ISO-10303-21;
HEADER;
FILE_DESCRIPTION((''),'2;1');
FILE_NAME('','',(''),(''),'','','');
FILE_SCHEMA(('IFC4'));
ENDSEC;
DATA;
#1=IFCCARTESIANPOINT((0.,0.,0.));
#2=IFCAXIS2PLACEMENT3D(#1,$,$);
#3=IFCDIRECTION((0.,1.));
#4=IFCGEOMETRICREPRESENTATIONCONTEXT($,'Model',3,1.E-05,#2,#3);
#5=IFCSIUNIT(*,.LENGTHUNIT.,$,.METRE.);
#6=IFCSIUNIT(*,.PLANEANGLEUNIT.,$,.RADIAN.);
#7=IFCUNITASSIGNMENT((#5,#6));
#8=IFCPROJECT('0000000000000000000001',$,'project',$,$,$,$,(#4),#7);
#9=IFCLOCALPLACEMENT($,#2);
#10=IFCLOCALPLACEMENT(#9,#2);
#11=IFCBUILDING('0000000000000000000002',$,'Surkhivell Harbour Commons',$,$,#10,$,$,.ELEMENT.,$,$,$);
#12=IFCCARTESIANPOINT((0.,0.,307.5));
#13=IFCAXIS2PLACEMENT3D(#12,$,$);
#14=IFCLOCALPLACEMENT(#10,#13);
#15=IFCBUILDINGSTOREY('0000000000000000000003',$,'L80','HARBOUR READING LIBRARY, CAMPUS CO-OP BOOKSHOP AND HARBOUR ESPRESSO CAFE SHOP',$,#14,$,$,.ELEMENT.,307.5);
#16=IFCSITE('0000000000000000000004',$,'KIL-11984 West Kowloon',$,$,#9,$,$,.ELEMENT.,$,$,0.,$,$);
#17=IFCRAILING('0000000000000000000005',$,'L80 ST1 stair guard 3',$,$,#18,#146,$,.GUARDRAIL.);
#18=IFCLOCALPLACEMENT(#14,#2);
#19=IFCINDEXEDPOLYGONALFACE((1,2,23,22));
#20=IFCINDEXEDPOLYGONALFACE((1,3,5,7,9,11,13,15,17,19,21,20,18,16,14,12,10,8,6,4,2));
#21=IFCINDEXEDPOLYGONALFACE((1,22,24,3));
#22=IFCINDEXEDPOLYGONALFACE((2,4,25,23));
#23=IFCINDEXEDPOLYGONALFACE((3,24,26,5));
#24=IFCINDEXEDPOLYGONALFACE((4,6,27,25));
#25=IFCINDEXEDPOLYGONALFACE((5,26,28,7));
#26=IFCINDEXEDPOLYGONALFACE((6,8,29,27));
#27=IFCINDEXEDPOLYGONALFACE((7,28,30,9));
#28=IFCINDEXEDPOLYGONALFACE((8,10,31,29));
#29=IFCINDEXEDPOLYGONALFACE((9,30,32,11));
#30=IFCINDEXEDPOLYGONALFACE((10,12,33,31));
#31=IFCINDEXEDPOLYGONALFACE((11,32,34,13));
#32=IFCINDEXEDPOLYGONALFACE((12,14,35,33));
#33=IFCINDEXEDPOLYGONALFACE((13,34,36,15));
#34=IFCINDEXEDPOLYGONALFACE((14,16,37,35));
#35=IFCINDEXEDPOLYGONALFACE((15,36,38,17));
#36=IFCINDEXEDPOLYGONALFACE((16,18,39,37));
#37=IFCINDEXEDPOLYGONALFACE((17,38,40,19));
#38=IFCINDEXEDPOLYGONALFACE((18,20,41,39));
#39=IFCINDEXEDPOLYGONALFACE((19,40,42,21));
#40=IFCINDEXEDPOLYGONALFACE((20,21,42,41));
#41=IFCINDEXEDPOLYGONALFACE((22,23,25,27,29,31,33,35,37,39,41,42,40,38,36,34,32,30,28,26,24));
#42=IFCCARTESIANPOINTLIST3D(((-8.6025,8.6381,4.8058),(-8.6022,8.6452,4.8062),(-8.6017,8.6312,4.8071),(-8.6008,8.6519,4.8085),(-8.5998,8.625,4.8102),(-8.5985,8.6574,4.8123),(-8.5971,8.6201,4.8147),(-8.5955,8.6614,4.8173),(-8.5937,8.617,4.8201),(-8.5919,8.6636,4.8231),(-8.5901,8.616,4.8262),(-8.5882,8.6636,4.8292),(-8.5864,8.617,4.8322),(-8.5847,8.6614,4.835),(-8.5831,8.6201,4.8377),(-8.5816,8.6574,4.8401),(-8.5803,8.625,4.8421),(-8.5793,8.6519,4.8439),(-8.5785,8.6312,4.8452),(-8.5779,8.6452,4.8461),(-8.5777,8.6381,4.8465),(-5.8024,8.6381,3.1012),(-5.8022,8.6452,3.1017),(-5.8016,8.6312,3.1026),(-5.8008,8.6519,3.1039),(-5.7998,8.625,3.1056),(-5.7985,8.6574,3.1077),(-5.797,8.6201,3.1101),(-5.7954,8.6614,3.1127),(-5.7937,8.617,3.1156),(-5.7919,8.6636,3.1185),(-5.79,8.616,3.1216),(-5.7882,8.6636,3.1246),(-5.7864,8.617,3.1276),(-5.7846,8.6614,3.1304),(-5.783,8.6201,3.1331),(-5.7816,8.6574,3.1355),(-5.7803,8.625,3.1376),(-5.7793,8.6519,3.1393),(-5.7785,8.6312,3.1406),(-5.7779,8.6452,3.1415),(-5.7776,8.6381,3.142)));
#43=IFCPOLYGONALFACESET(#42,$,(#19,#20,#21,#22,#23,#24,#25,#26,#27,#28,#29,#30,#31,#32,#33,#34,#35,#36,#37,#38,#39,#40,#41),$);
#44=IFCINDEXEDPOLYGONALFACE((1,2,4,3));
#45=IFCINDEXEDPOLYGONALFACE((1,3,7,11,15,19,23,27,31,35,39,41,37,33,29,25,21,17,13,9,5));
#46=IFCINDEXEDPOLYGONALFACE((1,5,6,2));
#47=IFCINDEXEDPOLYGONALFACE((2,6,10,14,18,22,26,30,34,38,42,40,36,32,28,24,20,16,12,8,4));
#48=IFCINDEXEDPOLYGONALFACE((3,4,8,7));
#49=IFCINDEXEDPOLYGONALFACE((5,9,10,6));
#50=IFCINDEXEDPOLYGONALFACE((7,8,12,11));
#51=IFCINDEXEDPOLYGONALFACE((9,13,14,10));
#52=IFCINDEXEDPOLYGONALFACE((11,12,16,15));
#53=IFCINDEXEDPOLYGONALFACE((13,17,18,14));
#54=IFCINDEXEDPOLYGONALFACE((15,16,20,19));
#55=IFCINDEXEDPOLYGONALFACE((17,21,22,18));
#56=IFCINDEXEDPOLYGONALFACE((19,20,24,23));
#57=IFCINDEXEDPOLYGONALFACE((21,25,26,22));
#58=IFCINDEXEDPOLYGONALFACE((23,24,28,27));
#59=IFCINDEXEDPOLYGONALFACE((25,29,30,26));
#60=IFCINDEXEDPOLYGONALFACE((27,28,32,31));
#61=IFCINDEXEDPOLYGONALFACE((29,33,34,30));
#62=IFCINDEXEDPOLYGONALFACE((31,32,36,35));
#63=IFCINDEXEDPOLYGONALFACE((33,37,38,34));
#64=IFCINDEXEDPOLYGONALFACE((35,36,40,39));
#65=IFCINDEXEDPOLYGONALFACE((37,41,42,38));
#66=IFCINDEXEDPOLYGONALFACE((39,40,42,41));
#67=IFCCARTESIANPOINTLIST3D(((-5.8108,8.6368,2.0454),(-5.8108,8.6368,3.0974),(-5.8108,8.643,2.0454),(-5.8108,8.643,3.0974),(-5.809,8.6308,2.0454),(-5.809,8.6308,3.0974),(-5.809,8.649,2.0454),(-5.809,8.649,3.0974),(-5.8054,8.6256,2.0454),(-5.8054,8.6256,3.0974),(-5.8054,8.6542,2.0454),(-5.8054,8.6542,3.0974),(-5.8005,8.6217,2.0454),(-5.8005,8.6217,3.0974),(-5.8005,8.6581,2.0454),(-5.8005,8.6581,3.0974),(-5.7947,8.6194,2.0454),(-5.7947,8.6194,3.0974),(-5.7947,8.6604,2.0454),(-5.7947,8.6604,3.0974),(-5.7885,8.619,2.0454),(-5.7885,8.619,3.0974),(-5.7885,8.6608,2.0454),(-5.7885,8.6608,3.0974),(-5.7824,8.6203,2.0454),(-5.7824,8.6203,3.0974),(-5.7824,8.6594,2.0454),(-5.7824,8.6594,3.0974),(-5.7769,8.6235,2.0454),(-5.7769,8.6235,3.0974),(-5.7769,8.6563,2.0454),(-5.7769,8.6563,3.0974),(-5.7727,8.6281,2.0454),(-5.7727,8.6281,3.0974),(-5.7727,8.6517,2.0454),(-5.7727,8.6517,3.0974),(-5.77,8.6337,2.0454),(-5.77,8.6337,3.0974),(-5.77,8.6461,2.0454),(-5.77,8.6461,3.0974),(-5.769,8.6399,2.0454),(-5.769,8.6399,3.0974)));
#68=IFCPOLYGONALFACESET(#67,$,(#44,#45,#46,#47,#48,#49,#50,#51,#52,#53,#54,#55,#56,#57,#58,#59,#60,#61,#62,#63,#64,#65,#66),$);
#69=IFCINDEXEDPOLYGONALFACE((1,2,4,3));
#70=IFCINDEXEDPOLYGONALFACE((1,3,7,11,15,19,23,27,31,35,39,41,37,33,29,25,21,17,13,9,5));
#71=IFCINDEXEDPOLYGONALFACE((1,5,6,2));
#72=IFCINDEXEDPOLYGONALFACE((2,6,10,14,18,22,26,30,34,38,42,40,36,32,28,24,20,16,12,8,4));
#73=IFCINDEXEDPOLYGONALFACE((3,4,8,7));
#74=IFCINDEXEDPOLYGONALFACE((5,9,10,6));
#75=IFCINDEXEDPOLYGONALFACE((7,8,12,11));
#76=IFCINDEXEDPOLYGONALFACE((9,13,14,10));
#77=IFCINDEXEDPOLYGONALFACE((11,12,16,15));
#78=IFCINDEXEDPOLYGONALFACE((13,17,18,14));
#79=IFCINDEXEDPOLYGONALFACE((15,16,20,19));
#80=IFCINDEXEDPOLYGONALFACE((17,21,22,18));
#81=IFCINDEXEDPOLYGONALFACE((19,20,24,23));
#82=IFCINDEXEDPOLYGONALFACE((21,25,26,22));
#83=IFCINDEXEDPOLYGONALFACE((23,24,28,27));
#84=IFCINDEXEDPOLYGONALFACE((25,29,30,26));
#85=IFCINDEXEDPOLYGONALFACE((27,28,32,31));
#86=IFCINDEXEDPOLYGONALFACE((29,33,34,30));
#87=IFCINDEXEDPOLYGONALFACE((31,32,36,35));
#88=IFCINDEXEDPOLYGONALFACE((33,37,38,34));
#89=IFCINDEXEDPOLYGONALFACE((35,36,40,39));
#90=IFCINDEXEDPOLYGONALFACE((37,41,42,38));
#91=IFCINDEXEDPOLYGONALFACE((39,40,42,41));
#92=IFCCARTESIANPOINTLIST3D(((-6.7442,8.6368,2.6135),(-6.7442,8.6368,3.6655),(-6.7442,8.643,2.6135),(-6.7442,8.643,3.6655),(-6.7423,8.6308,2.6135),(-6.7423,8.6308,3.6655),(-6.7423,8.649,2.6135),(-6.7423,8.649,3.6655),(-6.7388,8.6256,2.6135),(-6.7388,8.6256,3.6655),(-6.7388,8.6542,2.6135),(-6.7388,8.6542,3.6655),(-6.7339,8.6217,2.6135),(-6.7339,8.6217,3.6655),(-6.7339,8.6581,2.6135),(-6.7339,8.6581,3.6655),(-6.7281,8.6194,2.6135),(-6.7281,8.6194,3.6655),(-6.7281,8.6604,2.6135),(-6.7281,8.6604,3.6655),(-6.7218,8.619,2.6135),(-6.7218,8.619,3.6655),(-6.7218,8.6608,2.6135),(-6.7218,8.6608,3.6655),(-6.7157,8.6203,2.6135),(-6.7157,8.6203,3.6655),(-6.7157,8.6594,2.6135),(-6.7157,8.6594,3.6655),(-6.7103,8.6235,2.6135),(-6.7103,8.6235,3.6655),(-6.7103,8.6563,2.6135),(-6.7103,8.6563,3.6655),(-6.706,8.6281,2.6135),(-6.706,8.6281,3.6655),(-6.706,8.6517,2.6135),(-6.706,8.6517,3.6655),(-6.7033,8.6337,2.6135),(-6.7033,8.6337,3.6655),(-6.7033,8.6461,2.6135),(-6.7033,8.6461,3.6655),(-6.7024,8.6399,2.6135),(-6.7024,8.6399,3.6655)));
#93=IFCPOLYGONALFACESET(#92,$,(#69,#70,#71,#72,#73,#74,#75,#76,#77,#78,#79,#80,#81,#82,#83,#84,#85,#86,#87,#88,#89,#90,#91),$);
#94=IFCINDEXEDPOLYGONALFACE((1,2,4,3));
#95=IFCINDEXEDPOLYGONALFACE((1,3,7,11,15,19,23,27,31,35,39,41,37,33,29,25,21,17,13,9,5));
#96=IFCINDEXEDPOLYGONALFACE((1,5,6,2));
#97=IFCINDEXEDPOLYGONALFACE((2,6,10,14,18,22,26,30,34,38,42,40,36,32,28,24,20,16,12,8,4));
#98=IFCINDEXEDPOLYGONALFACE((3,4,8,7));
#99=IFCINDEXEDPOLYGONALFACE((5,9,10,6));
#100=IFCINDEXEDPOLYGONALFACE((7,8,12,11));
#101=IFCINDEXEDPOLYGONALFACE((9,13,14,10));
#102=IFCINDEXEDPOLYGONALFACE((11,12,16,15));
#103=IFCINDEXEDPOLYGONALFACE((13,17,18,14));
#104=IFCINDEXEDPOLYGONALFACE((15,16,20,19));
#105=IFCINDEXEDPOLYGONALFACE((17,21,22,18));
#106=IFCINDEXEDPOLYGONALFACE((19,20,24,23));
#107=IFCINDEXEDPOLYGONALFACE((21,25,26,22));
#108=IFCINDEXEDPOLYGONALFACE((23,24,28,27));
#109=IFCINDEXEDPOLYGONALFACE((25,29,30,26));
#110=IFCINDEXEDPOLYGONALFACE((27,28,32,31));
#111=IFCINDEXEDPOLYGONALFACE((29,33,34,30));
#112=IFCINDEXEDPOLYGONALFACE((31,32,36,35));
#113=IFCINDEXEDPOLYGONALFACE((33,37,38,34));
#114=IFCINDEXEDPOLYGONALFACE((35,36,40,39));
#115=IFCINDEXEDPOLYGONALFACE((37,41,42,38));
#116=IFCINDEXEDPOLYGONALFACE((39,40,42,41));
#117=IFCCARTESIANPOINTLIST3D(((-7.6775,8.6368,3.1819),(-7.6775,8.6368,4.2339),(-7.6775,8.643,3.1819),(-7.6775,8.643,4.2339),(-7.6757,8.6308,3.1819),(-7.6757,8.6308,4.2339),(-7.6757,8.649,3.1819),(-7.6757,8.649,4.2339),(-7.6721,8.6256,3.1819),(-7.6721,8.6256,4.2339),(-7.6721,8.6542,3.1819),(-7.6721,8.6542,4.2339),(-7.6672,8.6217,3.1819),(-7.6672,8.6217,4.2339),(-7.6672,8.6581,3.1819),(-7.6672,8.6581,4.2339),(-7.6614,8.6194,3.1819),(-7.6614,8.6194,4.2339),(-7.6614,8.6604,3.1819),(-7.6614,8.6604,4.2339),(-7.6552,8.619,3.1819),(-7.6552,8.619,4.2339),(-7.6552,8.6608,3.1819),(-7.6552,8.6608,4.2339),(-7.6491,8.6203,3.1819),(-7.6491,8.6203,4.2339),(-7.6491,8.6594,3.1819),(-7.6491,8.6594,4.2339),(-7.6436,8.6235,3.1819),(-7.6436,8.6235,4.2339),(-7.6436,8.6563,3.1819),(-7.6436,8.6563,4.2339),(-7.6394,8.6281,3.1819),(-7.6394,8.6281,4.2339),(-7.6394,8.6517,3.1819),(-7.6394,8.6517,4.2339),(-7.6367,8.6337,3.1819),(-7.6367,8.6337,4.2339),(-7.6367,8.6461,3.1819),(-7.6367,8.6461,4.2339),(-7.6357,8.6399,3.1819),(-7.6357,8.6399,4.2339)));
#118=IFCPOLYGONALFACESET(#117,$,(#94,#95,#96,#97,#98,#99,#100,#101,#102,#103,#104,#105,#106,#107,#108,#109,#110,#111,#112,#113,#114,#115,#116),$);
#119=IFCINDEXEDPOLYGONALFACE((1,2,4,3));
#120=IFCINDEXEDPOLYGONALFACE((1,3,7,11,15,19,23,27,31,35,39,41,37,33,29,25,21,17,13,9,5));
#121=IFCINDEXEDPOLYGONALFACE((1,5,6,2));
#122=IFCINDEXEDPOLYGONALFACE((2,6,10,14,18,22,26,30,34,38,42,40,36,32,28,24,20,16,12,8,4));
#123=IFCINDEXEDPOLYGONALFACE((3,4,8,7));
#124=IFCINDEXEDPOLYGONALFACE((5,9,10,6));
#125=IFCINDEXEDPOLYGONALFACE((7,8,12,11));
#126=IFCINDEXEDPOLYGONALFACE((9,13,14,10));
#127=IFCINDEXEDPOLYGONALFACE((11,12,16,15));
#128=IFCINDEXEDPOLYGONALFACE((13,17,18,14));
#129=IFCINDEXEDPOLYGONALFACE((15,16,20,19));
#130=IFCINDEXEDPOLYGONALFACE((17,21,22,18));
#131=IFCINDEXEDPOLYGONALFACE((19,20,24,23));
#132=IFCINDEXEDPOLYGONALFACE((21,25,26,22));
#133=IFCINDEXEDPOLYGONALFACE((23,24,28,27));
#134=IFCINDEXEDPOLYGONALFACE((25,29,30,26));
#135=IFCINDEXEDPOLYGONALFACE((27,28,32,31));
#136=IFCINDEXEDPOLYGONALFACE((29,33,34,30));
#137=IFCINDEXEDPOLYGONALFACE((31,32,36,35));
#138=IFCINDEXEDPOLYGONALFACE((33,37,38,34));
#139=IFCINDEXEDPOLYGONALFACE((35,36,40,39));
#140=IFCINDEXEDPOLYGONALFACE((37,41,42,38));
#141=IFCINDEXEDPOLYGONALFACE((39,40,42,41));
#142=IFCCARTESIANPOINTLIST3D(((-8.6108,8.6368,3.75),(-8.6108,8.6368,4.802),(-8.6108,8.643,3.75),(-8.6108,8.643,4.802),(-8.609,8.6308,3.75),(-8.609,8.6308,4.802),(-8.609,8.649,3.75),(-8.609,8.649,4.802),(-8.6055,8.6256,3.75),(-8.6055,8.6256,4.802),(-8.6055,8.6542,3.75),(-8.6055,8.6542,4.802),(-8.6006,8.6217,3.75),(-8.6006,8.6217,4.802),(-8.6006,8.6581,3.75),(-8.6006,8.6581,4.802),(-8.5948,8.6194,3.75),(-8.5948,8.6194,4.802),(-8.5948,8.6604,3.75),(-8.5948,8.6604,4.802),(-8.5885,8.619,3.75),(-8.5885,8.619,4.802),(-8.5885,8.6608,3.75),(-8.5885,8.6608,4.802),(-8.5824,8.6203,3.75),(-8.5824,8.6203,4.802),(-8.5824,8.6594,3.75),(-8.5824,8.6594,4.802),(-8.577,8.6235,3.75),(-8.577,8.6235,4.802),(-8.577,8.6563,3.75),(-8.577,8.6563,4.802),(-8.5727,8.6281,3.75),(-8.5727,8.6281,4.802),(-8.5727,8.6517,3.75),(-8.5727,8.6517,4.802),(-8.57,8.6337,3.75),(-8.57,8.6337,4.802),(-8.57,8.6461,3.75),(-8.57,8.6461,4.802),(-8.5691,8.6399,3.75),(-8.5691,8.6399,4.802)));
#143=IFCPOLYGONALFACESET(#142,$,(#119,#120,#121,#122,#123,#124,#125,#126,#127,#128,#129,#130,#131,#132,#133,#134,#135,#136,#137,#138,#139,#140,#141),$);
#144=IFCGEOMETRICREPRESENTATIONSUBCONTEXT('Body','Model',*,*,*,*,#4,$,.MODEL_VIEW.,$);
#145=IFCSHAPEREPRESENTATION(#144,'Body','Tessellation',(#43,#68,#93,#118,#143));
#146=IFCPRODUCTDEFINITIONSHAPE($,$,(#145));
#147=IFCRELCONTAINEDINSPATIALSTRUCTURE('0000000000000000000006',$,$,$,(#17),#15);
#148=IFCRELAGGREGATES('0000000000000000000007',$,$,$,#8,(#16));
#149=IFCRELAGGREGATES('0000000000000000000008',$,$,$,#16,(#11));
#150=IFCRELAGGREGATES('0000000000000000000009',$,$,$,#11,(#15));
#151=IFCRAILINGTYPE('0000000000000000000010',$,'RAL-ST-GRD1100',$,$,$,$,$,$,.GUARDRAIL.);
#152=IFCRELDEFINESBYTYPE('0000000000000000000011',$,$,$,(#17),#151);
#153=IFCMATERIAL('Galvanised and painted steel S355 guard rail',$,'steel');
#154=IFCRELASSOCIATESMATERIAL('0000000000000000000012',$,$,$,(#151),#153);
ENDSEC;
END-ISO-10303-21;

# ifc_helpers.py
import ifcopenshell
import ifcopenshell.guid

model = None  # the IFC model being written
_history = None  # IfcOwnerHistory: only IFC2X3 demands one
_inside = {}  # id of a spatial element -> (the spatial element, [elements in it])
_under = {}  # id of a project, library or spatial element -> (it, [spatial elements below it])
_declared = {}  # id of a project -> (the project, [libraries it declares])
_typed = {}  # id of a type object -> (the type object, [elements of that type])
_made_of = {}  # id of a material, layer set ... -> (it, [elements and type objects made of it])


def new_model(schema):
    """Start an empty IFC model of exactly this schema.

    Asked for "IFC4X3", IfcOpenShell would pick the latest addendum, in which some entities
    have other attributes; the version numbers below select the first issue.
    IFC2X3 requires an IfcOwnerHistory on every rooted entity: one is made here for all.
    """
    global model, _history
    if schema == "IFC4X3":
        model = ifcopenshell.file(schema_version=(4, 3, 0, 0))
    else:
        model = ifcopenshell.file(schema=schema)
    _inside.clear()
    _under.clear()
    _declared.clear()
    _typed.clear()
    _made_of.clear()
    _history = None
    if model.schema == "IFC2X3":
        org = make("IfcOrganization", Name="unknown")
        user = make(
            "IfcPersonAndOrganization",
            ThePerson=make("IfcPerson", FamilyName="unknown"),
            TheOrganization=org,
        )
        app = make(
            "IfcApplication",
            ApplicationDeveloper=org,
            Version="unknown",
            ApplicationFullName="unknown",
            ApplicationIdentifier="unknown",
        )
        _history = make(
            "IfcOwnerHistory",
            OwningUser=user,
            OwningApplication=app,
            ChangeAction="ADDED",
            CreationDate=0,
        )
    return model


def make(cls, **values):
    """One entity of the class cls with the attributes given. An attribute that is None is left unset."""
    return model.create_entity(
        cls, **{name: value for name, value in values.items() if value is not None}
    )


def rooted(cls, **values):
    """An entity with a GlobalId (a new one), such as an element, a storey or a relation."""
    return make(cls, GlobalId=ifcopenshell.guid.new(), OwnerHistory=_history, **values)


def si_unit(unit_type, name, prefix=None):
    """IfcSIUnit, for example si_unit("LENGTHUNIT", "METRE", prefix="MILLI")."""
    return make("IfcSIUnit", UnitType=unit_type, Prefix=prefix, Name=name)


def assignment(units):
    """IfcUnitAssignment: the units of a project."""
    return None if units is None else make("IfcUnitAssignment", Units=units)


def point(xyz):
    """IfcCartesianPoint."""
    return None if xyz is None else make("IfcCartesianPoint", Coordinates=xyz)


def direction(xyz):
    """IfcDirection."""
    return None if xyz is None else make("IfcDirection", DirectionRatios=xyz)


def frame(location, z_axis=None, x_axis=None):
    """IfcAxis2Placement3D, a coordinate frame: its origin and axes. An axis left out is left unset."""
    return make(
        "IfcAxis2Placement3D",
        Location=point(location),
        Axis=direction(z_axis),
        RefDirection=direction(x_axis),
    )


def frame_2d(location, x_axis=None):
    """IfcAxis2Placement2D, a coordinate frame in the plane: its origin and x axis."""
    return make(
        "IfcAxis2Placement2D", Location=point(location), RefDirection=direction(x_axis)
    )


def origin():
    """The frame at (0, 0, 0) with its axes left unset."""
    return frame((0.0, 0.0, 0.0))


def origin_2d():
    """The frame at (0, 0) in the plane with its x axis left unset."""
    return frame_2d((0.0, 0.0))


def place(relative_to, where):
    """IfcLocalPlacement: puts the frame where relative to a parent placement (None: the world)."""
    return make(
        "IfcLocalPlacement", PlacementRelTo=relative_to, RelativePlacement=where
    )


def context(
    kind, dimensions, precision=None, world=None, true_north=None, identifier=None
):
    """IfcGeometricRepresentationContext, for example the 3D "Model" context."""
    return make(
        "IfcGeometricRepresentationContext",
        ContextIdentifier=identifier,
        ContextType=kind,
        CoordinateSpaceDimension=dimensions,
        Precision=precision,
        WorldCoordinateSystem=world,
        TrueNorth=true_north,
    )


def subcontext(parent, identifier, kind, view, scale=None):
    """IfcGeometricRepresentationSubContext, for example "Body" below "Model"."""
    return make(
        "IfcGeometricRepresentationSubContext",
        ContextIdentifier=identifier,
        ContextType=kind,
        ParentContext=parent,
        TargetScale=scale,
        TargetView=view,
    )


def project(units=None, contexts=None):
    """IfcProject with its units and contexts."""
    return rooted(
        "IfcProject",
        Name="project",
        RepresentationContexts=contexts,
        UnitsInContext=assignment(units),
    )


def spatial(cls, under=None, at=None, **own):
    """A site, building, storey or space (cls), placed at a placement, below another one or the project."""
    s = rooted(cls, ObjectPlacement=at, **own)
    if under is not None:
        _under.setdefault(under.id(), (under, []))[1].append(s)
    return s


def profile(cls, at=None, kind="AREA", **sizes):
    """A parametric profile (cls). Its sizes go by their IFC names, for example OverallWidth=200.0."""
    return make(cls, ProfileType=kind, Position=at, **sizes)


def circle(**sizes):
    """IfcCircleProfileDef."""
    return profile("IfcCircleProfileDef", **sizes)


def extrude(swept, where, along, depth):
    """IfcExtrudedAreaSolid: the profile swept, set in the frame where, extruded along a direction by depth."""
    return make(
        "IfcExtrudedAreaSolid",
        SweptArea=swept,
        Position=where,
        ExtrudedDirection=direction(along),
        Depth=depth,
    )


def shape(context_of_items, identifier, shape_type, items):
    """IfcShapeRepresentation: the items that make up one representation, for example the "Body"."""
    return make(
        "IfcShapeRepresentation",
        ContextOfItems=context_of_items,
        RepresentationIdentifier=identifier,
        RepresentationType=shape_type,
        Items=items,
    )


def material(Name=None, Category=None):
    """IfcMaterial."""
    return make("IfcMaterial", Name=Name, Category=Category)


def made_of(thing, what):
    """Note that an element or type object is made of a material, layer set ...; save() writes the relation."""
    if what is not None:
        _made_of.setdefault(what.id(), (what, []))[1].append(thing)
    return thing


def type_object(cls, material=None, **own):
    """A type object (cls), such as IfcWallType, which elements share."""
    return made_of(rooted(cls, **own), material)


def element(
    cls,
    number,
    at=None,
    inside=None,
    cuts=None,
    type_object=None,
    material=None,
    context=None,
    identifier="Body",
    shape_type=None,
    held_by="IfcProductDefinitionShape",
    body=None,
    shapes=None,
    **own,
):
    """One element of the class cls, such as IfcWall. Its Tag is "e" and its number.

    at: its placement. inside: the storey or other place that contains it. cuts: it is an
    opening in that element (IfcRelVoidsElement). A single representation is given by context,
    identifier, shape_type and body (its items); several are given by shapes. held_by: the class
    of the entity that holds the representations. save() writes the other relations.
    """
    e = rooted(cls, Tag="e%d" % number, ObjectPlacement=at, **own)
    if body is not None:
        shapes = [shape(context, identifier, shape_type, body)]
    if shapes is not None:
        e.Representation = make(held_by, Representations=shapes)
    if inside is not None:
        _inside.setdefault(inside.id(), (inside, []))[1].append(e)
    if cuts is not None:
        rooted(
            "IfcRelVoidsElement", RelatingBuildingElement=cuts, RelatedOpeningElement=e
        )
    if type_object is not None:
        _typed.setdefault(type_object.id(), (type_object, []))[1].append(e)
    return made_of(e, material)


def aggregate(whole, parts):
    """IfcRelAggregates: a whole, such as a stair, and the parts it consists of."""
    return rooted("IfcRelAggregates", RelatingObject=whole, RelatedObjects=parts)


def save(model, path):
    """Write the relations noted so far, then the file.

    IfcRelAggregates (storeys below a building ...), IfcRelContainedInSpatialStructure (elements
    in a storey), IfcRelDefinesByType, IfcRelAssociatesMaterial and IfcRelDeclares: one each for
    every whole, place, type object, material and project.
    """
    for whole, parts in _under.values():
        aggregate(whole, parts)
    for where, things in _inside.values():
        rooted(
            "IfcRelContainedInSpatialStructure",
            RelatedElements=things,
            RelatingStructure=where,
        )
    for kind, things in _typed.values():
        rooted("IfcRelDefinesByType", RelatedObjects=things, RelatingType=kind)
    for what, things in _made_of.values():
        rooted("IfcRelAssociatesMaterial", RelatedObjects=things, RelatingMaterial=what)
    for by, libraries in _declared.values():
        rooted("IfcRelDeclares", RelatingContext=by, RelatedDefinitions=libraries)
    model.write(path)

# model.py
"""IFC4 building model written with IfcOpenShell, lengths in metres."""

from ifc_helpers import new_model, si_unit, direction, frame, origin, origin_2d, place, context, subcontext, project, spatial, circle, extrude, material, type_object, element, save


model = new_model("IFC4")

# Units and contexts
model_context = context("Model", 3, precision=1e-05, world=origin(), true_north=direction((0.0, 1.0)))
body_context = subcontext(model_context, "Body", "Model", "MODEL_VIEW")
ifc_project = project(units=[si_unit("LENGTHUNIT", "METRE"), si_unit("PLANEANGLEUNIT", "RADIAN")], contexts=[model_context])

# Site, building, storey
site_placement = place(None, origin())
site = spatial("IfcSite", under=ifc_project, at=site_placement, Name="KIL-11984 West Kowloon", CompositionType="ELEMENT", RefElevation=0.0)
building_placement = place(site_placement, origin())
building = spatial("IfcBuilding", under=site, at=building_placement, Name="Surkhivell Harbour Commons", CompositionType="ELEMENT")
storey_placement = place(building_placement, frame((0.0, 0.0, 307.5)))
storey = spatial("IfcBuildingStorey", under=building, at=storey_placement, Name="L80", Description="HARBOUR READING LIBRARY, CAMPUS CO-OP BOOKSHOP AND HARBOUR ESPRESSO CAFE SHOP", CompositionType="ELEMENT", Elevation=307.5)

# Railing
ifc_material_1 = material(Name="Galvanised and painted steel S355 guard rail", Category="steel")
railing_type_1 = type_object("IfcRailingType", Name="RAL-ST-GRD1100", PredefinedType="GUARDRAIL", material=ifc_material_1)
railing_1_placement = place(storey_placement, frame((-5.79, 8.6399, 2.0454)))
element("IfcRailing", 1, at=railing_1_placement, inside=storey, type_object=railing_type_1, Name="L80 ST1 stair guard 3", PredefinedType="GUARDRAIL", context=body_context, shape_type="SweptSolid", body=[
    extrude(circle(Radius=0.0239, at=origin_2d()), frame((0.0, 0.0, 1.0762), z_axis=(-0.85417, 0.0, 0.519994), x_axis=(0.0, -1.0, 0.0)), (0.0, 0.0, 1.0), 3.2781),
    extrude(circle(Radius=0.021, at=origin_2d()), origin(), (0.0, 0.0, 1.0), 1.052),
    extrude(circle(Radius=0.021, at=origin_2d()), frame((-0.9333, 0.0, 0.5681)), (0.0, 0.0, 1.0), 1.052),
    extrude(circle(Radius=0.021, at=origin_2d()), frame((-1.8667, 0.0, 1.1365)), (0.0, 0.0, 1.0), 1.052),
    extrude(circle(Radius=0.021, at=origin_2d()), frame((-2.8, 0.0, 1.7046)), (0.0, 0.0, 1.0), 1.052),
])

save(model, "model.ifc")
